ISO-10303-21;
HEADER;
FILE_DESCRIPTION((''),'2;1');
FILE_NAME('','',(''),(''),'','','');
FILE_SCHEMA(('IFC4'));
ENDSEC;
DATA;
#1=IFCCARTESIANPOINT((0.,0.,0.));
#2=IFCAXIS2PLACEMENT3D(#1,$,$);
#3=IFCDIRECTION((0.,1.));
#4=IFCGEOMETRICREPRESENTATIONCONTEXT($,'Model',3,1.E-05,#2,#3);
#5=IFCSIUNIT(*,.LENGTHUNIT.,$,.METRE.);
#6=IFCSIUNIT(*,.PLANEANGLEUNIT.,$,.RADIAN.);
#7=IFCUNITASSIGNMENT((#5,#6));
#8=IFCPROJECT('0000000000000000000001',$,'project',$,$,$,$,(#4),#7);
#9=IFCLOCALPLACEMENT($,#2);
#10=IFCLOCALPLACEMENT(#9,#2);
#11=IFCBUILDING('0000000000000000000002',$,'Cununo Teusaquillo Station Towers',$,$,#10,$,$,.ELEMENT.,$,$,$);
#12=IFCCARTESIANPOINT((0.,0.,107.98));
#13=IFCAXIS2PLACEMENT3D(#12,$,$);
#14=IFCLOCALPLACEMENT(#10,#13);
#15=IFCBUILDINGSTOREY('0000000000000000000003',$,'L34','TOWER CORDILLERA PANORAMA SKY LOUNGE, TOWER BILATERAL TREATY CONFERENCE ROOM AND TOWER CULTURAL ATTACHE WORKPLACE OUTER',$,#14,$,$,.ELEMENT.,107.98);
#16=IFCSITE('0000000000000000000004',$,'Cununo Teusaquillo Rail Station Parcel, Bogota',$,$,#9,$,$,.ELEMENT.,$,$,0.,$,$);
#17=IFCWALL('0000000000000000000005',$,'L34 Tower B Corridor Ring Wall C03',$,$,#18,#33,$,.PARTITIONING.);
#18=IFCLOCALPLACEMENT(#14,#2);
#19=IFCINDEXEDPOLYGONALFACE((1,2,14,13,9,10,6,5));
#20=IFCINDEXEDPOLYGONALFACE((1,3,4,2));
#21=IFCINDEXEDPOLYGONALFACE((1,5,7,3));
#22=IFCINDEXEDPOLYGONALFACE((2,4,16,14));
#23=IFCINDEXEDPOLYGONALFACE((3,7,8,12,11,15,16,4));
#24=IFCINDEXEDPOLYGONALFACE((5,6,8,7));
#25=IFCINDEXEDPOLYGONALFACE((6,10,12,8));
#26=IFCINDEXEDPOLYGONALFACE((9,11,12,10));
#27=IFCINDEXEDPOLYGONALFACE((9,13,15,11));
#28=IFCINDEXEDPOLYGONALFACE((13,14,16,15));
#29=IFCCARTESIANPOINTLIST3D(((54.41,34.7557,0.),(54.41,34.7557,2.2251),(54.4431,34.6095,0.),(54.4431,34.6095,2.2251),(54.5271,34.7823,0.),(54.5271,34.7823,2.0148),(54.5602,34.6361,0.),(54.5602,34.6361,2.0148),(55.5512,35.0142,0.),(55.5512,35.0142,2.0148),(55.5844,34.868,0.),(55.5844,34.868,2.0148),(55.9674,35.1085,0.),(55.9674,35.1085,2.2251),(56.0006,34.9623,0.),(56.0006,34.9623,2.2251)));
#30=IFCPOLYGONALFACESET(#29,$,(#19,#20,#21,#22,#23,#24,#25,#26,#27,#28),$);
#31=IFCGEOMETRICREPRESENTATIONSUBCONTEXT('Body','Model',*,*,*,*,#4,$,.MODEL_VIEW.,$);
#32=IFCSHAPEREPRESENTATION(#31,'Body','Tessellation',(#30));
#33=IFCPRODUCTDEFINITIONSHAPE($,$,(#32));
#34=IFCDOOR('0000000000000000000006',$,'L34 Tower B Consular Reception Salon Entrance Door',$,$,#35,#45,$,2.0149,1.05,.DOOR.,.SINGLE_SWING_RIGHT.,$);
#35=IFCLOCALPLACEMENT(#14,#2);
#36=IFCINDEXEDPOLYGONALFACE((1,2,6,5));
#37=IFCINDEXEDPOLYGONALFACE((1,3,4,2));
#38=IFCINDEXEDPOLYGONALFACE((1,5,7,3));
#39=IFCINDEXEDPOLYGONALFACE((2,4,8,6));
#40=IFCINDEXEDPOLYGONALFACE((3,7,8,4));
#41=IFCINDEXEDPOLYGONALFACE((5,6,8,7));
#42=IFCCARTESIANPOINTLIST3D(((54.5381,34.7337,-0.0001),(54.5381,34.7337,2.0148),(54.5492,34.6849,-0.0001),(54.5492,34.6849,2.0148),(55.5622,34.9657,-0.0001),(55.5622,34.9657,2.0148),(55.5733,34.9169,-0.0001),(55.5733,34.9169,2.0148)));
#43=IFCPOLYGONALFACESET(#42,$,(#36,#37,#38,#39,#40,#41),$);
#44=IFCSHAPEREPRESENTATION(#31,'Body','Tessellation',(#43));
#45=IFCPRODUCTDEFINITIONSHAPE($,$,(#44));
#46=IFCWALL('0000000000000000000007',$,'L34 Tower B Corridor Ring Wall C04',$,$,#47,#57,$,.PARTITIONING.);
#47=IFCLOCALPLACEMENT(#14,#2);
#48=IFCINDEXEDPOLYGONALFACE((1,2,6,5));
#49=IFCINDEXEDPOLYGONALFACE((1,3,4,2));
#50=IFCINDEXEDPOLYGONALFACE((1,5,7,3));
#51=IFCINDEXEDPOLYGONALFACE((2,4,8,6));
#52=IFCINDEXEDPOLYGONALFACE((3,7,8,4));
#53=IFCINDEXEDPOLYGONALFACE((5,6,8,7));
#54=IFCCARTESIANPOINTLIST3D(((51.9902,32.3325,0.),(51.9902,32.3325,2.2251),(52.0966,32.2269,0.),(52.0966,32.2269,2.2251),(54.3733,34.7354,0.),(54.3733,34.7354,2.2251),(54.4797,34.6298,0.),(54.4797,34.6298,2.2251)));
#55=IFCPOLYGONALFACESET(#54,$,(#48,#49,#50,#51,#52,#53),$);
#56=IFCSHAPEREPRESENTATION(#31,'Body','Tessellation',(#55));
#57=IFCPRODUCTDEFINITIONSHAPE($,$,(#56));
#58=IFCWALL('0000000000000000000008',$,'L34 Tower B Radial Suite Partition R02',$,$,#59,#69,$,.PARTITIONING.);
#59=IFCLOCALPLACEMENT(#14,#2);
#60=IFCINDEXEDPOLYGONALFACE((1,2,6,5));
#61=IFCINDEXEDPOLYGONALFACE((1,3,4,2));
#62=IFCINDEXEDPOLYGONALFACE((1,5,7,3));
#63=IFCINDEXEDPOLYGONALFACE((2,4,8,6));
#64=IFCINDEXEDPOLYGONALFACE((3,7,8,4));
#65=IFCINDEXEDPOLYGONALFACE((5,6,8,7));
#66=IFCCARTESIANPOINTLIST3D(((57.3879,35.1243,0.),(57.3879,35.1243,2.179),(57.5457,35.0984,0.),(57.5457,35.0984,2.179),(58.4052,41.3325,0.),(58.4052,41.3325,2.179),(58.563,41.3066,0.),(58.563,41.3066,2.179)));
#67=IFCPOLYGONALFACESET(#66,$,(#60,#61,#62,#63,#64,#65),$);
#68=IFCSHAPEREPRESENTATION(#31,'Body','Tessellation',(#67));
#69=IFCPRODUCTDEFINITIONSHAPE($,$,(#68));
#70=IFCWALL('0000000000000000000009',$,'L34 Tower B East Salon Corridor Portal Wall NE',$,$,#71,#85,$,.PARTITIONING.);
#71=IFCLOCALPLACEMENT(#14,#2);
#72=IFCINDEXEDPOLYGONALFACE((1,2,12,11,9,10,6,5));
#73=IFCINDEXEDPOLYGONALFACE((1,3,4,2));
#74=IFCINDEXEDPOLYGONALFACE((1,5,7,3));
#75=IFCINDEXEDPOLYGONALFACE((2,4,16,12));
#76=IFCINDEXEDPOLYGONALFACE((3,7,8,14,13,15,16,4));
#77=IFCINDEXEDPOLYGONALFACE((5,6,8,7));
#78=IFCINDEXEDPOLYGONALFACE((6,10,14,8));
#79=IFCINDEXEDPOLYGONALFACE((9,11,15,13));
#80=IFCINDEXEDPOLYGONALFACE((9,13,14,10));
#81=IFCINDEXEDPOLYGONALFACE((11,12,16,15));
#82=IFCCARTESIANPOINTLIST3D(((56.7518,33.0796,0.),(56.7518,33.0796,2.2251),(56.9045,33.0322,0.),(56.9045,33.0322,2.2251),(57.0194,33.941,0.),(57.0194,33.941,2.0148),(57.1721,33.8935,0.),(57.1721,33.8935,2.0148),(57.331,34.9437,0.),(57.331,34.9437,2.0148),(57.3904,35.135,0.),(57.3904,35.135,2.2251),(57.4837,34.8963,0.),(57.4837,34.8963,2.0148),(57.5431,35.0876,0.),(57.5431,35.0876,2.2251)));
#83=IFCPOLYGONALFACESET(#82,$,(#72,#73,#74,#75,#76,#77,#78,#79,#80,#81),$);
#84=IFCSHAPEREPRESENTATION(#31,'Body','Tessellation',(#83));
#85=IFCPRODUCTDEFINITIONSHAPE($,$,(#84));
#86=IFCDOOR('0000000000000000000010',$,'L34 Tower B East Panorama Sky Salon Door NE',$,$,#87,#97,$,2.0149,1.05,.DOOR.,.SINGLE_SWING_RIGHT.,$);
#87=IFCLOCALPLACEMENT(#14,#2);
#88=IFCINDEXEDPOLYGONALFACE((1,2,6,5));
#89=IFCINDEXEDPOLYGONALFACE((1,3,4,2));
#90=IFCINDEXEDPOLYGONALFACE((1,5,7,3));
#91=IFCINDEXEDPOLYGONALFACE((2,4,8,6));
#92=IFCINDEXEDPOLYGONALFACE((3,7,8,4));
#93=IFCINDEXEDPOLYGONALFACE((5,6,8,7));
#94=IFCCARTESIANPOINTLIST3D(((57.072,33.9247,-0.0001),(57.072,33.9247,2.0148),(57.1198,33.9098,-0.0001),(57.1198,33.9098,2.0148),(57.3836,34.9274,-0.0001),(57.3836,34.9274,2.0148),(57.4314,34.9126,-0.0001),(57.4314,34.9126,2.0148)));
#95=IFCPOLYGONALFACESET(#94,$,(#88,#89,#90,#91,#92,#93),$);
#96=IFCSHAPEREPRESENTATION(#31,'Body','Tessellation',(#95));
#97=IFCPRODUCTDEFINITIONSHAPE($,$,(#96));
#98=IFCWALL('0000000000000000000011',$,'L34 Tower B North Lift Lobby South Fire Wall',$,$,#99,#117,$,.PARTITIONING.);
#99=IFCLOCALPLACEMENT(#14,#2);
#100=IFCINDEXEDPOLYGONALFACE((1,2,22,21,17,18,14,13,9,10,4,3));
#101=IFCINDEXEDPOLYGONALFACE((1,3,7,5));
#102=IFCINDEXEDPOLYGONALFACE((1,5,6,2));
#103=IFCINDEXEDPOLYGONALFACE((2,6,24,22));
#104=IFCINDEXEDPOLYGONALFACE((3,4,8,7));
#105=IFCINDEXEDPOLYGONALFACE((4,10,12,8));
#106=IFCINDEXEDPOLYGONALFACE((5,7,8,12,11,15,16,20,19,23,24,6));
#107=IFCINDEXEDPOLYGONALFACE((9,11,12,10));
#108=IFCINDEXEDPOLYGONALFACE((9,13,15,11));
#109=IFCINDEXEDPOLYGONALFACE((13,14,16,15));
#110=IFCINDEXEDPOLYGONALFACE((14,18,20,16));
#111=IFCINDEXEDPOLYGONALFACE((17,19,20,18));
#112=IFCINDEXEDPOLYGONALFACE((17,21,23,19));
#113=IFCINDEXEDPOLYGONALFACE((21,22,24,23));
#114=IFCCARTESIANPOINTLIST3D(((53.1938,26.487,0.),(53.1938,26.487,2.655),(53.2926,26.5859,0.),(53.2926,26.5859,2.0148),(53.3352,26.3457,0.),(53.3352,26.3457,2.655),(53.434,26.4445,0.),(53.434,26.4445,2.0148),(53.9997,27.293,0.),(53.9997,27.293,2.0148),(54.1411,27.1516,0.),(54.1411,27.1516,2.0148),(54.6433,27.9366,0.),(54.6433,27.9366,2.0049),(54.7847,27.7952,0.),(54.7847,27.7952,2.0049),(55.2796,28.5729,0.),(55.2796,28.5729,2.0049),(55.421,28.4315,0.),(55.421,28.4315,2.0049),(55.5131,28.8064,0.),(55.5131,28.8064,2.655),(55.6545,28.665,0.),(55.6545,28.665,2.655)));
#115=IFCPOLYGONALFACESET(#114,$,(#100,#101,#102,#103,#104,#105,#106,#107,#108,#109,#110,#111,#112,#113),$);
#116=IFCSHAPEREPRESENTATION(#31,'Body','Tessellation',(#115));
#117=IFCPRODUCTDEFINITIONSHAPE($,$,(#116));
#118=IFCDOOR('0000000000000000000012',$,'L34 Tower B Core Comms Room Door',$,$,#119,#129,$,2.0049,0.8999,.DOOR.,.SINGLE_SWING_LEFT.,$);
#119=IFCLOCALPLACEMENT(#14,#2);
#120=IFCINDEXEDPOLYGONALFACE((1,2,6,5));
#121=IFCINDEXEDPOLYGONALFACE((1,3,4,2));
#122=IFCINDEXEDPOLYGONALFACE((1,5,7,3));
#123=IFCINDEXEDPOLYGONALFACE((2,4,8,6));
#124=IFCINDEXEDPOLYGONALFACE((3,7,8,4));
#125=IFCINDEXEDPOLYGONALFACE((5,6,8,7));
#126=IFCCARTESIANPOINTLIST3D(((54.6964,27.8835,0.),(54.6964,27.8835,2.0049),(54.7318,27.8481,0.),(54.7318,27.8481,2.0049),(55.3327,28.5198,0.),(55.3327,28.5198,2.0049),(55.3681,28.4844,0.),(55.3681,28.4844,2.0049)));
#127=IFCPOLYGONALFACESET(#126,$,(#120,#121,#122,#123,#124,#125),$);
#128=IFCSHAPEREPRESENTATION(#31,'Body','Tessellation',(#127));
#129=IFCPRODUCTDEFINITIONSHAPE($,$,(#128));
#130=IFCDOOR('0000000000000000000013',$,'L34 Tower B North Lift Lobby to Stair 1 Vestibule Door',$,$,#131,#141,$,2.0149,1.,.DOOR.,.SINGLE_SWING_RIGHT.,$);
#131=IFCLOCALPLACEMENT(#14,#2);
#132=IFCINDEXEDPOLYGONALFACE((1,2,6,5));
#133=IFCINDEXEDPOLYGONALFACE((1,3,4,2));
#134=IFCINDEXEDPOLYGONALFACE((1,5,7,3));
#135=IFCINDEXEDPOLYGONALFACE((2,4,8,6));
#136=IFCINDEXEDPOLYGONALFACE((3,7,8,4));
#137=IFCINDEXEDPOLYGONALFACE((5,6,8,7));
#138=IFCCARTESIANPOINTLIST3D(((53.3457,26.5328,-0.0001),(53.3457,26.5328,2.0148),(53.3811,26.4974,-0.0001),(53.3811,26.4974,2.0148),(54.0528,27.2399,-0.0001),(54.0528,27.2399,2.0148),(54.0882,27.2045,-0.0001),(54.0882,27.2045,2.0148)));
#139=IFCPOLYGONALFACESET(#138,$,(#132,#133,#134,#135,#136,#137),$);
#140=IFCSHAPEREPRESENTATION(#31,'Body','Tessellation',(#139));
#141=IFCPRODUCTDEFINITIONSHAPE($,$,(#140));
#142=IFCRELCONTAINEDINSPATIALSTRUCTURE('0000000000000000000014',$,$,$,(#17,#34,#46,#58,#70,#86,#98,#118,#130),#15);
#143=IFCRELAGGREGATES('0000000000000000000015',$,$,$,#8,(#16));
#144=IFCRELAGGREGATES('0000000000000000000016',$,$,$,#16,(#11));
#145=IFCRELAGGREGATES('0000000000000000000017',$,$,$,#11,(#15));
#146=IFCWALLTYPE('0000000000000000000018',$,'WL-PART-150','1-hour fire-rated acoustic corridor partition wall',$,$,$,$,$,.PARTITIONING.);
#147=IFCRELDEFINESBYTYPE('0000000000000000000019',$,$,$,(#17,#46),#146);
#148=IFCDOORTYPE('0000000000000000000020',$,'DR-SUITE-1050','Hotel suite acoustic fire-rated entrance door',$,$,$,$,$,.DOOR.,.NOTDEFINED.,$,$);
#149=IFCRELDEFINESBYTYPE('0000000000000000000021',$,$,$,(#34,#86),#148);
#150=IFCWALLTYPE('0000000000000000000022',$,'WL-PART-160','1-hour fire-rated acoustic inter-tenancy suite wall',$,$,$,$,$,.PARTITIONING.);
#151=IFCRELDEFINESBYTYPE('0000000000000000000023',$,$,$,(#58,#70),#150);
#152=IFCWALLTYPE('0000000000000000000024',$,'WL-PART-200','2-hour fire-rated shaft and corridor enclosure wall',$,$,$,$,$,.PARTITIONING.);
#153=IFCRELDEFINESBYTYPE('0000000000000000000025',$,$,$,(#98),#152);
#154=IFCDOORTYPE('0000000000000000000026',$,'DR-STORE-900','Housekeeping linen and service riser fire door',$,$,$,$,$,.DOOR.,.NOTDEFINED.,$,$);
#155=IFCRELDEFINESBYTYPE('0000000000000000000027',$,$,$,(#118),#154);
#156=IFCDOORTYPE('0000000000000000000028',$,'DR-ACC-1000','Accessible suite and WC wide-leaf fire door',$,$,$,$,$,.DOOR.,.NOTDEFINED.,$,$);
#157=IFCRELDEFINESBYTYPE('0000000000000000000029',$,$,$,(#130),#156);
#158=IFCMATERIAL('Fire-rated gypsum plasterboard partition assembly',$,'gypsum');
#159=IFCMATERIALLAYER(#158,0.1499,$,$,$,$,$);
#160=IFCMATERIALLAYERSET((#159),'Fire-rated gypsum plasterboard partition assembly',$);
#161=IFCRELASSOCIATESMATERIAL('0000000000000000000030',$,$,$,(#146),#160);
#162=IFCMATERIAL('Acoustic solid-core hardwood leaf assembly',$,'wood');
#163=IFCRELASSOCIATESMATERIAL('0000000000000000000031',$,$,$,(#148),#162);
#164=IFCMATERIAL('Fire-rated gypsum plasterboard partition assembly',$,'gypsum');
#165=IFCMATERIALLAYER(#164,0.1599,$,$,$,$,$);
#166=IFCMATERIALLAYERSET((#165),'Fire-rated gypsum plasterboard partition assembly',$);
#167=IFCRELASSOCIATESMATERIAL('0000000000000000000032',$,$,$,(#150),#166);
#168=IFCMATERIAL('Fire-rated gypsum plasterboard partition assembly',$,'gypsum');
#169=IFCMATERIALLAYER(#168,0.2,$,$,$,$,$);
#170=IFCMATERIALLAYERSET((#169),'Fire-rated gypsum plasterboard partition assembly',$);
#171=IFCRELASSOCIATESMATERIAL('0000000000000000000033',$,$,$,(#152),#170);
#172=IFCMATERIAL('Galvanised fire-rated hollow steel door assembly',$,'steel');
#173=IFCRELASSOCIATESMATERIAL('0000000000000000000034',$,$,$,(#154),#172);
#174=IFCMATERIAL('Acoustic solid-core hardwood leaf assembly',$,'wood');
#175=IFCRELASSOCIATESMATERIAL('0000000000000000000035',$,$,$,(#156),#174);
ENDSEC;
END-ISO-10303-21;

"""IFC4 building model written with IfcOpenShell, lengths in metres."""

from ifc_helpers import new_model, si_unit, direction, frame, frame_2d, origin, place, context, subcontext, project, spatial, rectangle, extrude, source, transform, mapped, material, layer, layer_set, type_object, element, fill, save


model = new_model("IFC4")

# Units and contexts
model_context = context("Model", 3, precision=1e-05, world=origin(), true_north=direction((0.0, 1.0)))
body_context = subcontext(model_context, "Body", "Model", "MODEL_VIEW")
ifc_project = project(units=[si_unit("LENGTHUNIT", "METRE"), si_unit("PLANEANGLEUNIT", "RADIAN")], contexts=[model_context])

# Site, building, storey
site_placement = place(None, origin())
site = spatial("IfcSite", under=ifc_project, at=site_placement, Name="Cununo Teusaquillo Rail Station Parcel, Bogota", CompositionType="ELEMENT", RefElevation=0.0)
building_placement = place(site_placement, origin())
building = spatial("IfcBuilding", under=site, at=building_placement, Name="Cununo Teusaquillo Station Towers", CompositionType="ELEMENT")
storey_placement = place(building_placement, frame((0.0, 0.0, 107.98)))
storey = spatial("IfcBuildingStorey", under=building, at=storey_placement, Name="L34", Description="TOWER CORDILLERA PANORAMA SKY LOUNGE, TOWER BILATERAL TREATY CONFERENCE ROOM AND TOWER CULTURAL ATTACHE WORKPLACE OUTER", CompositionType="ELEMENT", Elevation=107.98)

# Shared definitions
shared_shape_1 = source(origin(), body_context, "Body", "SweptSolid", [
    extrude(rectangle(XDim=0.8999, YDim=2.0049, at=frame_2d((0.45, 1.0024))), frame((0.0, 0.0249, 0.0), z_axis=(0.0, -1.0, 0.0), x_axis=(1.0, 0.0, 0.0)), (0.0, 0.0, 1.0), 0.05),
])

# Shared definitions
ifc_material_1 = material(Name="Fire-rated gypsum plasterboard partition assembly", Category="gypsum")
ifc_layer_1 = layer(ifc_material_1, 0.1499)
ifc_layer_set_1 = layer_set([ifc_layer_1], Name="Fire-rated gypsum plasterboard partition assembly")
wall_type_1 = type_object("IfcWallType", Name="WL-PART-150", Description="1-hour fire-rated acoustic corridor partition wall", PredefinedType="PARTITIONING", material=ifc_layer_set_1)

# Wall, opening, door
wall_1_placement = place(storey_placement, frame((55.9839, 35.0354, 0.0), z_axis=(0.0, 0.0, 1.0), x_axis=(-0.97529, -0.220927, 0.0)))
wall_1 = element("IfcWall", 1, at=wall_1_placement, inside=storey, type_object=wall_type_1, Name="L34 Tower B Corridor Ring Wall C03", PredefinedType="PARTITIONING", context=body_context, shape_type="SweptSolid", body=[
    extrude(rectangle(XDim=1.5969, YDim=0.1499, at=frame_2d((0.7983, 0.0))), origin(), (0.0, 0.0, 1.0), 2.2251),
])
shared_shape_2 = source(origin(), body_context, "Body", "SweptSolid", [
    extrude(rectangle(XDim=1.05, YDim=2.0149, at=frame_2d((0.5249, 1.0073))), frame((0.0, 0.085, 0.0), z_axis=(0.0, -1.0, 0.0), x_axis=(1.0, 0.0, 0.0)), (0.0, 0.0, 1.0), 0.1699),
])
opening_1_placement = place(wall_1_placement, frame((0.4268, 0.0, 0.0)))
opening_1 = element("IfcOpeningElement", 2, at=opening_1_placement, cuts=wall_1, PredefinedType="OPENING", context=body_context, shape_type="MappedRepresentation", body=[
    mapped(shared_shape_2, transform((0.0, 0.0, 0.0), x_axis=(1.0, 0.0, 0.0), y_axis=(0.0, 1.0, 0.0), z_axis=(0.0, 0.0, 1.0), scale=1.0)),
])
ifc_material_2 = material(Name="Acoustic solid-core hardwood leaf assembly", Category="wood")
door_type_1 = type_object("IfcDoorType", Name="DR-SUITE-1050", Description="Hotel suite acoustic fire-rated entrance door", OperationType="NOTDEFINED", PredefinedType="DOOR", material=ifc_material_2)
shared_shape_3 = source(origin(), body_context, "Body", "SweptSolid", [
    extrude(rectangle(XDim=1.05, YDim=2.0149, at=frame_2d((0.5249, 1.0073))), frame((0.0, 0.0249, 0.0), z_axis=(0.0, -1.0, 0.0), x_axis=(1.0, 0.0, 0.0)), (0.0, 0.0, 1.0), 0.05),
])
door_1_placement = place(opening_1_placement, origin())
door_1 = element("IfcDoor", 3, at=door_1_placement, inside=storey, type_object=door_type_1, Name="L34 Tower B Consular Reception Salon Entrance Door", OperationType="SINGLE_SWING_RIGHT", OverallHeight=2.0149, OverallWidth=1.05, PredefinedType="DOOR", context=body_context, shape_type="MappedRepresentation", body=[
    mapped(shared_shape_3, transform((0.0, 0.0, 0.0), x_axis=(1.0, 0.0, 0.0), y_axis=(0.0, 1.0, 0.0), z_axis=(0.0, 0.0, 1.0), scale=1.0)),
])
fill(opening_1, door_1)

# Walls
wall_2_placement = place(storey_placement, frame((54.4265, 34.6826, 0.0), z_axis=(0.0, 0.0, 1.0), x_axis=(-0.704179, -0.710022, 0.0)))
element("IfcWall", 4, at=wall_2_placement, inside=storey, type_object=wall_type_1, Name="L34 Tower B Corridor Ring Wall C04", PredefinedType="PARTITIONING", context=body_context, shape_type="SweptSolid", body=[
    extrude(rectangle(XDim=3.3843, YDim=0.1499, at=frame_2d((1.6921, 0.0))), origin(), (0.0, 0.0, 1.0), 2.2251),
])
ifc_material_3 = material(Name="Fire-rated gypsum plasterboard partition assembly", Category="gypsum")
ifc_layer_2 = layer(ifc_material_3, 0.1599)
ifc_layer_set_2 = layer_set([ifc_layer_2], Name="Fire-rated gypsum plasterboard partition assembly")
wall_type_2 = type_object("IfcWallType", Name="WL-PART-160", Description="1-hour fire-rated acoustic inter-tenancy suite wall", PredefinedType="PARTITIONING", material=ifc_layer_set_2)
wall_3_placement = place(storey_placement, frame((57.4668, 35.1113, 0.0), z_axis=(0.0, 0.0, 1.0), x_axis=(0.161711, 0.986838, 0.0)))
element("IfcWall", 5, at=wall_3_placement, inside=storey, type_object=wall_type_2, Name="L34 Tower B Radial Suite Partition R02", PredefinedType="PARTITIONING", context=body_context, shape_type="SweptSolid", body=[
    extrude(rectangle(XDim=6.291, YDim=0.1599, at=frame_2d((3.1455, 0.0))), origin(), (0.0, 0.0, 1.0), 2.179),
])

# Wall, opening, door
wall_4_placement = place(storey_placement, frame((56.8281, 33.0559, 0.0), z_axis=(0.0, 0.0, 1.0), x_axis=(0.296731, 0.954961, 0.0)))
wall_4 = element("IfcWall", 6, at=wall_4_placement, inside=storey, type_object=wall_type_2, Name="L34 Tower B East Salon Corridor Portal Wall NE", PredefinedType="PARTITIONING", context=body_context, shape_type="SweptSolid", body=[
    extrude(rectangle(XDim=2.1523, YDim=0.1599, at=frame_2d((1.0762, 0.0))), origin(), (0.0, 0.0, 1.0), 2.2251),
])
shared_shape_4 = source(origin(), body_context, "Body", "SweptSolid", [
    extrude(rectangle(XDim=1.05, YDim=2.0149, at=frame_2d((0.5249, 1.0073))), frame((0.0, 0.0898, 0.0), z_axis=(0.0, -1.0, 0.0), x_axis=(1.0, 0.0, 0.0)), (0.0, 0.0, 1.0), 0.1799),
])
opening_2_placement = place(wall_4_placement, frame((0.9021, 0.0, 0.0)))
opening_2 = element("IfcOpeningElement", 7, at=opening_2_placement, cuts=wall_4, PredefinedType="OPENING", context=body_context, shape_type="MappedRepresentation", body=[
    mapped(shared_shape_4, transform((0.0, 0.0, 0.0), x_axis=(1.0, 0.0, 0.0), y_axis=(0.0, 1.0, 0.0), z_axis=(0.0, 0.0, 1.0), scale=1.0)),
])
door_2_placement = place(opening_2_placement, origin())
door_2 = element("IfcDoor", 8, at=door_2_placement, inside=storey, type_object=door_type_1, Name="L34 Tower B East Panorama Sky Salon Door NE", OperationType="SINGLE_SWING_RIGHT", OverallHeight=2.0149, OverallWidth=1.05, PredefinedType="DOOR", context=body_context, shape_type="MappedRepresentation", body=[
    mapped(shared_shape_3, transform((0.0, 0.0, 0.0), x_axis=(1.0, 0.0, 0.0), y_axis=(0.0, 1.0, 0.0), z_axis=(0.0, 0.0, 1.0), scale=1.0)),
])
fill(opening_2, door_2)

# Wall, openings, doors
ifc_material_4 = material(Name="Fire-rated gypsum plasterboard partition assembly", Category="gypsum")
ifc_layer_3 = layer(ifc_material_4, 0.2)
ifc_layer_set_3 = layer_set([ifc_layer_3], Name="Fire-rated gypsum plasterboard partition assembly")
wall_type_3 = type_object("IfcWallType", Name="WL-PART-200", Description="2-hour fire-rated shaft and corridor enclosure wall", PredefinedType="PARTITIONING", material=ifc_layer_set_3)
wall_5_placement = place(storey_placement, frame((53.2644, 26.4163, 0.0), z_axis=(0.0, 0.0, 1.0), x_axis=(0.707107, 0.707107, 0.0)))
wall_5 = element("IfcWall", 9, at=wall_5_placement, inside=storey, type_object=wall_type_3, Name="L34 Tower B North Lift Lobby South Fire Wall", PredefinedType="PARTITIONING", context=body_context, shape_type="SweptSolid", body=[
    extrude(rectangle(XDim=3.28, YDim=0.2, at=frame_2d((1.6401, 0.0))), origin(), (0.0, 0.0, 1.0), 2.655),
])
shared_shape_5 = source(origin(), body_context, "Body", "SweptSolid", [
    extrude(rectangle(XDim=1.0, YDim=2.0149, at=frame_2d((0.5, 1.0073))), frame((0.0, 0.1099, 0.0), z_axis=(0.0, -1.0, 0.0), x_axis=(1.0, 0.0, 0.0)), (0.0, 0.0, 1.0), 0.22),
])
opening_3_placement = place(wall_5_placement, frame((0.1399, 0.0, 0.0)))
opening_3 = element("IfcOpeningElement", 10, at=opening_3_placement, cuts=wall_5, PredefinedType="OPENING", context=body_context, shape_type="MappedRepresentation", body=[
    mapped(shared_shape_5, transform((0.0, 0.0, 0.0), x_axis=(1.0, 0.0, 0.0), y_axis=(0.0, 1.0, 0.0), z_axis=(0.0, 0.0, 1.0), scale=1.0)),
])
shared_shape_6 = source(origin(), body_context, "Body", "SweptSolid", [
    extrude(rectangle(XDim=0.8999, YDim=2.0049, at=frame_2d((0.45, 1.0024))), frame((0.0, 0.1099, 0.0), z_axis=(0.0, -1.0, 0.0), x_axis=(1.0, 0.0, 0.0)), (0.0, 0.0, 1.0), 0.22),
])
opening_4_placement = place(wall_5_placement, frame((2.05, 0.0, 0.0)))
opening_4 = element("IfcOpeningElement", 11, at=opening_4_placement, cuts=wall_5, PredefinedType="OPENING", context=body_context, shape_type="MappedRepresentation", body=[
    mapped(shared_shape_6, transform((0.0, 0.0, 0.0), x_axis=(1.0, 0.0, 0.0), y_axis=(0.0, 1.0, 0.0), z_axis=(0.0, 0.0, 1.0), scale=1.0)),
])
ifc_material_5 = material(Name="Galvanised fire-rated hollow steel door assembly", Category="steel")
door_type_2 = type_object("IfcDoorType", Name="DR-STORE-900", Description="Housekeeping linen and service riser fire door", OperationType="NOTDEFINED", PredefinedType="DOOR", material=ifc_material_5)
door_3_placement = place(opening_4_placement, origin())
door_3 = element("IfcDoor", 12, at=door_3_placement, inside=storey, type_object=door_type_2, Name="L34 Tower B Core Comms Room Door", OperationType="SINGLE_SWING_LEFT", OverallHeight=2.0049, OverallWidth=0.8999, PredefinedType="DOOR", context=body_context, shape_type="MappedRepresentation", body=[
    mapped(shared_shape_1, transform((0.0, 0.0, 0.0), x_axis=(1.0, 0.0, 0.0), y_axis=(0.0, 1.0, 0.0), z_axis=(0.0, 0.0, 1.0), scale=1.0)),
])
fill(opening_4, door_3)
ifc_material_6 = material(Name="Acoustic solid-core hardwood leaf assembly", Category="wood")
door_type_3 = type_object("IfcDoorType", Name="DR-ACC-1000", Description="Accessible suite and WC wide-leaf fire door", OperationType="NOTDEFINED", PredefinedType="DOOR", material=ifc_material_6)
shared_shape_7 = source(origin(), body_context, "Body", "SweptSolid", [
    extrude(rectangle(XDim=1.0, YDim=2.0149, at=frame_2d((0.5, 1.0073))), frame((0.0, 0.0249, 0.0), z_axis=(0.0, -1.0, 0.0), x_axis=(1.0, 0.0, 0.0)), (0.0, 0.0, 1.0), 0.05),
])
door_4_placement = place(opening_3_placement, origin())
door_4 = element("IfcDoor", 13, at=door_4_placement, inside=storey, type_object=door_type_3, Name="L34 Tower B North Lift Lobby to Stair 1 Vestibule Door", OperationType="SINGLE_SWING_RIGHT", OverallHeight=2.0149, OverallWidth=1.0, PredefinedType="DOOR", context=body_context, shape_type="MappedRepresentation", body=[
    mapped(shared_shape_7, transform((0.0, 0.0, 0.0), x_axis=(1.0, 0.0, 0.0), y_axis=(0.0, 1.0, 0.0), z_axis=(0.0, 0.0, 1.0), scale=1.0)),
])
fill(opening_3, door_4)

save(model, "model.ifc")
